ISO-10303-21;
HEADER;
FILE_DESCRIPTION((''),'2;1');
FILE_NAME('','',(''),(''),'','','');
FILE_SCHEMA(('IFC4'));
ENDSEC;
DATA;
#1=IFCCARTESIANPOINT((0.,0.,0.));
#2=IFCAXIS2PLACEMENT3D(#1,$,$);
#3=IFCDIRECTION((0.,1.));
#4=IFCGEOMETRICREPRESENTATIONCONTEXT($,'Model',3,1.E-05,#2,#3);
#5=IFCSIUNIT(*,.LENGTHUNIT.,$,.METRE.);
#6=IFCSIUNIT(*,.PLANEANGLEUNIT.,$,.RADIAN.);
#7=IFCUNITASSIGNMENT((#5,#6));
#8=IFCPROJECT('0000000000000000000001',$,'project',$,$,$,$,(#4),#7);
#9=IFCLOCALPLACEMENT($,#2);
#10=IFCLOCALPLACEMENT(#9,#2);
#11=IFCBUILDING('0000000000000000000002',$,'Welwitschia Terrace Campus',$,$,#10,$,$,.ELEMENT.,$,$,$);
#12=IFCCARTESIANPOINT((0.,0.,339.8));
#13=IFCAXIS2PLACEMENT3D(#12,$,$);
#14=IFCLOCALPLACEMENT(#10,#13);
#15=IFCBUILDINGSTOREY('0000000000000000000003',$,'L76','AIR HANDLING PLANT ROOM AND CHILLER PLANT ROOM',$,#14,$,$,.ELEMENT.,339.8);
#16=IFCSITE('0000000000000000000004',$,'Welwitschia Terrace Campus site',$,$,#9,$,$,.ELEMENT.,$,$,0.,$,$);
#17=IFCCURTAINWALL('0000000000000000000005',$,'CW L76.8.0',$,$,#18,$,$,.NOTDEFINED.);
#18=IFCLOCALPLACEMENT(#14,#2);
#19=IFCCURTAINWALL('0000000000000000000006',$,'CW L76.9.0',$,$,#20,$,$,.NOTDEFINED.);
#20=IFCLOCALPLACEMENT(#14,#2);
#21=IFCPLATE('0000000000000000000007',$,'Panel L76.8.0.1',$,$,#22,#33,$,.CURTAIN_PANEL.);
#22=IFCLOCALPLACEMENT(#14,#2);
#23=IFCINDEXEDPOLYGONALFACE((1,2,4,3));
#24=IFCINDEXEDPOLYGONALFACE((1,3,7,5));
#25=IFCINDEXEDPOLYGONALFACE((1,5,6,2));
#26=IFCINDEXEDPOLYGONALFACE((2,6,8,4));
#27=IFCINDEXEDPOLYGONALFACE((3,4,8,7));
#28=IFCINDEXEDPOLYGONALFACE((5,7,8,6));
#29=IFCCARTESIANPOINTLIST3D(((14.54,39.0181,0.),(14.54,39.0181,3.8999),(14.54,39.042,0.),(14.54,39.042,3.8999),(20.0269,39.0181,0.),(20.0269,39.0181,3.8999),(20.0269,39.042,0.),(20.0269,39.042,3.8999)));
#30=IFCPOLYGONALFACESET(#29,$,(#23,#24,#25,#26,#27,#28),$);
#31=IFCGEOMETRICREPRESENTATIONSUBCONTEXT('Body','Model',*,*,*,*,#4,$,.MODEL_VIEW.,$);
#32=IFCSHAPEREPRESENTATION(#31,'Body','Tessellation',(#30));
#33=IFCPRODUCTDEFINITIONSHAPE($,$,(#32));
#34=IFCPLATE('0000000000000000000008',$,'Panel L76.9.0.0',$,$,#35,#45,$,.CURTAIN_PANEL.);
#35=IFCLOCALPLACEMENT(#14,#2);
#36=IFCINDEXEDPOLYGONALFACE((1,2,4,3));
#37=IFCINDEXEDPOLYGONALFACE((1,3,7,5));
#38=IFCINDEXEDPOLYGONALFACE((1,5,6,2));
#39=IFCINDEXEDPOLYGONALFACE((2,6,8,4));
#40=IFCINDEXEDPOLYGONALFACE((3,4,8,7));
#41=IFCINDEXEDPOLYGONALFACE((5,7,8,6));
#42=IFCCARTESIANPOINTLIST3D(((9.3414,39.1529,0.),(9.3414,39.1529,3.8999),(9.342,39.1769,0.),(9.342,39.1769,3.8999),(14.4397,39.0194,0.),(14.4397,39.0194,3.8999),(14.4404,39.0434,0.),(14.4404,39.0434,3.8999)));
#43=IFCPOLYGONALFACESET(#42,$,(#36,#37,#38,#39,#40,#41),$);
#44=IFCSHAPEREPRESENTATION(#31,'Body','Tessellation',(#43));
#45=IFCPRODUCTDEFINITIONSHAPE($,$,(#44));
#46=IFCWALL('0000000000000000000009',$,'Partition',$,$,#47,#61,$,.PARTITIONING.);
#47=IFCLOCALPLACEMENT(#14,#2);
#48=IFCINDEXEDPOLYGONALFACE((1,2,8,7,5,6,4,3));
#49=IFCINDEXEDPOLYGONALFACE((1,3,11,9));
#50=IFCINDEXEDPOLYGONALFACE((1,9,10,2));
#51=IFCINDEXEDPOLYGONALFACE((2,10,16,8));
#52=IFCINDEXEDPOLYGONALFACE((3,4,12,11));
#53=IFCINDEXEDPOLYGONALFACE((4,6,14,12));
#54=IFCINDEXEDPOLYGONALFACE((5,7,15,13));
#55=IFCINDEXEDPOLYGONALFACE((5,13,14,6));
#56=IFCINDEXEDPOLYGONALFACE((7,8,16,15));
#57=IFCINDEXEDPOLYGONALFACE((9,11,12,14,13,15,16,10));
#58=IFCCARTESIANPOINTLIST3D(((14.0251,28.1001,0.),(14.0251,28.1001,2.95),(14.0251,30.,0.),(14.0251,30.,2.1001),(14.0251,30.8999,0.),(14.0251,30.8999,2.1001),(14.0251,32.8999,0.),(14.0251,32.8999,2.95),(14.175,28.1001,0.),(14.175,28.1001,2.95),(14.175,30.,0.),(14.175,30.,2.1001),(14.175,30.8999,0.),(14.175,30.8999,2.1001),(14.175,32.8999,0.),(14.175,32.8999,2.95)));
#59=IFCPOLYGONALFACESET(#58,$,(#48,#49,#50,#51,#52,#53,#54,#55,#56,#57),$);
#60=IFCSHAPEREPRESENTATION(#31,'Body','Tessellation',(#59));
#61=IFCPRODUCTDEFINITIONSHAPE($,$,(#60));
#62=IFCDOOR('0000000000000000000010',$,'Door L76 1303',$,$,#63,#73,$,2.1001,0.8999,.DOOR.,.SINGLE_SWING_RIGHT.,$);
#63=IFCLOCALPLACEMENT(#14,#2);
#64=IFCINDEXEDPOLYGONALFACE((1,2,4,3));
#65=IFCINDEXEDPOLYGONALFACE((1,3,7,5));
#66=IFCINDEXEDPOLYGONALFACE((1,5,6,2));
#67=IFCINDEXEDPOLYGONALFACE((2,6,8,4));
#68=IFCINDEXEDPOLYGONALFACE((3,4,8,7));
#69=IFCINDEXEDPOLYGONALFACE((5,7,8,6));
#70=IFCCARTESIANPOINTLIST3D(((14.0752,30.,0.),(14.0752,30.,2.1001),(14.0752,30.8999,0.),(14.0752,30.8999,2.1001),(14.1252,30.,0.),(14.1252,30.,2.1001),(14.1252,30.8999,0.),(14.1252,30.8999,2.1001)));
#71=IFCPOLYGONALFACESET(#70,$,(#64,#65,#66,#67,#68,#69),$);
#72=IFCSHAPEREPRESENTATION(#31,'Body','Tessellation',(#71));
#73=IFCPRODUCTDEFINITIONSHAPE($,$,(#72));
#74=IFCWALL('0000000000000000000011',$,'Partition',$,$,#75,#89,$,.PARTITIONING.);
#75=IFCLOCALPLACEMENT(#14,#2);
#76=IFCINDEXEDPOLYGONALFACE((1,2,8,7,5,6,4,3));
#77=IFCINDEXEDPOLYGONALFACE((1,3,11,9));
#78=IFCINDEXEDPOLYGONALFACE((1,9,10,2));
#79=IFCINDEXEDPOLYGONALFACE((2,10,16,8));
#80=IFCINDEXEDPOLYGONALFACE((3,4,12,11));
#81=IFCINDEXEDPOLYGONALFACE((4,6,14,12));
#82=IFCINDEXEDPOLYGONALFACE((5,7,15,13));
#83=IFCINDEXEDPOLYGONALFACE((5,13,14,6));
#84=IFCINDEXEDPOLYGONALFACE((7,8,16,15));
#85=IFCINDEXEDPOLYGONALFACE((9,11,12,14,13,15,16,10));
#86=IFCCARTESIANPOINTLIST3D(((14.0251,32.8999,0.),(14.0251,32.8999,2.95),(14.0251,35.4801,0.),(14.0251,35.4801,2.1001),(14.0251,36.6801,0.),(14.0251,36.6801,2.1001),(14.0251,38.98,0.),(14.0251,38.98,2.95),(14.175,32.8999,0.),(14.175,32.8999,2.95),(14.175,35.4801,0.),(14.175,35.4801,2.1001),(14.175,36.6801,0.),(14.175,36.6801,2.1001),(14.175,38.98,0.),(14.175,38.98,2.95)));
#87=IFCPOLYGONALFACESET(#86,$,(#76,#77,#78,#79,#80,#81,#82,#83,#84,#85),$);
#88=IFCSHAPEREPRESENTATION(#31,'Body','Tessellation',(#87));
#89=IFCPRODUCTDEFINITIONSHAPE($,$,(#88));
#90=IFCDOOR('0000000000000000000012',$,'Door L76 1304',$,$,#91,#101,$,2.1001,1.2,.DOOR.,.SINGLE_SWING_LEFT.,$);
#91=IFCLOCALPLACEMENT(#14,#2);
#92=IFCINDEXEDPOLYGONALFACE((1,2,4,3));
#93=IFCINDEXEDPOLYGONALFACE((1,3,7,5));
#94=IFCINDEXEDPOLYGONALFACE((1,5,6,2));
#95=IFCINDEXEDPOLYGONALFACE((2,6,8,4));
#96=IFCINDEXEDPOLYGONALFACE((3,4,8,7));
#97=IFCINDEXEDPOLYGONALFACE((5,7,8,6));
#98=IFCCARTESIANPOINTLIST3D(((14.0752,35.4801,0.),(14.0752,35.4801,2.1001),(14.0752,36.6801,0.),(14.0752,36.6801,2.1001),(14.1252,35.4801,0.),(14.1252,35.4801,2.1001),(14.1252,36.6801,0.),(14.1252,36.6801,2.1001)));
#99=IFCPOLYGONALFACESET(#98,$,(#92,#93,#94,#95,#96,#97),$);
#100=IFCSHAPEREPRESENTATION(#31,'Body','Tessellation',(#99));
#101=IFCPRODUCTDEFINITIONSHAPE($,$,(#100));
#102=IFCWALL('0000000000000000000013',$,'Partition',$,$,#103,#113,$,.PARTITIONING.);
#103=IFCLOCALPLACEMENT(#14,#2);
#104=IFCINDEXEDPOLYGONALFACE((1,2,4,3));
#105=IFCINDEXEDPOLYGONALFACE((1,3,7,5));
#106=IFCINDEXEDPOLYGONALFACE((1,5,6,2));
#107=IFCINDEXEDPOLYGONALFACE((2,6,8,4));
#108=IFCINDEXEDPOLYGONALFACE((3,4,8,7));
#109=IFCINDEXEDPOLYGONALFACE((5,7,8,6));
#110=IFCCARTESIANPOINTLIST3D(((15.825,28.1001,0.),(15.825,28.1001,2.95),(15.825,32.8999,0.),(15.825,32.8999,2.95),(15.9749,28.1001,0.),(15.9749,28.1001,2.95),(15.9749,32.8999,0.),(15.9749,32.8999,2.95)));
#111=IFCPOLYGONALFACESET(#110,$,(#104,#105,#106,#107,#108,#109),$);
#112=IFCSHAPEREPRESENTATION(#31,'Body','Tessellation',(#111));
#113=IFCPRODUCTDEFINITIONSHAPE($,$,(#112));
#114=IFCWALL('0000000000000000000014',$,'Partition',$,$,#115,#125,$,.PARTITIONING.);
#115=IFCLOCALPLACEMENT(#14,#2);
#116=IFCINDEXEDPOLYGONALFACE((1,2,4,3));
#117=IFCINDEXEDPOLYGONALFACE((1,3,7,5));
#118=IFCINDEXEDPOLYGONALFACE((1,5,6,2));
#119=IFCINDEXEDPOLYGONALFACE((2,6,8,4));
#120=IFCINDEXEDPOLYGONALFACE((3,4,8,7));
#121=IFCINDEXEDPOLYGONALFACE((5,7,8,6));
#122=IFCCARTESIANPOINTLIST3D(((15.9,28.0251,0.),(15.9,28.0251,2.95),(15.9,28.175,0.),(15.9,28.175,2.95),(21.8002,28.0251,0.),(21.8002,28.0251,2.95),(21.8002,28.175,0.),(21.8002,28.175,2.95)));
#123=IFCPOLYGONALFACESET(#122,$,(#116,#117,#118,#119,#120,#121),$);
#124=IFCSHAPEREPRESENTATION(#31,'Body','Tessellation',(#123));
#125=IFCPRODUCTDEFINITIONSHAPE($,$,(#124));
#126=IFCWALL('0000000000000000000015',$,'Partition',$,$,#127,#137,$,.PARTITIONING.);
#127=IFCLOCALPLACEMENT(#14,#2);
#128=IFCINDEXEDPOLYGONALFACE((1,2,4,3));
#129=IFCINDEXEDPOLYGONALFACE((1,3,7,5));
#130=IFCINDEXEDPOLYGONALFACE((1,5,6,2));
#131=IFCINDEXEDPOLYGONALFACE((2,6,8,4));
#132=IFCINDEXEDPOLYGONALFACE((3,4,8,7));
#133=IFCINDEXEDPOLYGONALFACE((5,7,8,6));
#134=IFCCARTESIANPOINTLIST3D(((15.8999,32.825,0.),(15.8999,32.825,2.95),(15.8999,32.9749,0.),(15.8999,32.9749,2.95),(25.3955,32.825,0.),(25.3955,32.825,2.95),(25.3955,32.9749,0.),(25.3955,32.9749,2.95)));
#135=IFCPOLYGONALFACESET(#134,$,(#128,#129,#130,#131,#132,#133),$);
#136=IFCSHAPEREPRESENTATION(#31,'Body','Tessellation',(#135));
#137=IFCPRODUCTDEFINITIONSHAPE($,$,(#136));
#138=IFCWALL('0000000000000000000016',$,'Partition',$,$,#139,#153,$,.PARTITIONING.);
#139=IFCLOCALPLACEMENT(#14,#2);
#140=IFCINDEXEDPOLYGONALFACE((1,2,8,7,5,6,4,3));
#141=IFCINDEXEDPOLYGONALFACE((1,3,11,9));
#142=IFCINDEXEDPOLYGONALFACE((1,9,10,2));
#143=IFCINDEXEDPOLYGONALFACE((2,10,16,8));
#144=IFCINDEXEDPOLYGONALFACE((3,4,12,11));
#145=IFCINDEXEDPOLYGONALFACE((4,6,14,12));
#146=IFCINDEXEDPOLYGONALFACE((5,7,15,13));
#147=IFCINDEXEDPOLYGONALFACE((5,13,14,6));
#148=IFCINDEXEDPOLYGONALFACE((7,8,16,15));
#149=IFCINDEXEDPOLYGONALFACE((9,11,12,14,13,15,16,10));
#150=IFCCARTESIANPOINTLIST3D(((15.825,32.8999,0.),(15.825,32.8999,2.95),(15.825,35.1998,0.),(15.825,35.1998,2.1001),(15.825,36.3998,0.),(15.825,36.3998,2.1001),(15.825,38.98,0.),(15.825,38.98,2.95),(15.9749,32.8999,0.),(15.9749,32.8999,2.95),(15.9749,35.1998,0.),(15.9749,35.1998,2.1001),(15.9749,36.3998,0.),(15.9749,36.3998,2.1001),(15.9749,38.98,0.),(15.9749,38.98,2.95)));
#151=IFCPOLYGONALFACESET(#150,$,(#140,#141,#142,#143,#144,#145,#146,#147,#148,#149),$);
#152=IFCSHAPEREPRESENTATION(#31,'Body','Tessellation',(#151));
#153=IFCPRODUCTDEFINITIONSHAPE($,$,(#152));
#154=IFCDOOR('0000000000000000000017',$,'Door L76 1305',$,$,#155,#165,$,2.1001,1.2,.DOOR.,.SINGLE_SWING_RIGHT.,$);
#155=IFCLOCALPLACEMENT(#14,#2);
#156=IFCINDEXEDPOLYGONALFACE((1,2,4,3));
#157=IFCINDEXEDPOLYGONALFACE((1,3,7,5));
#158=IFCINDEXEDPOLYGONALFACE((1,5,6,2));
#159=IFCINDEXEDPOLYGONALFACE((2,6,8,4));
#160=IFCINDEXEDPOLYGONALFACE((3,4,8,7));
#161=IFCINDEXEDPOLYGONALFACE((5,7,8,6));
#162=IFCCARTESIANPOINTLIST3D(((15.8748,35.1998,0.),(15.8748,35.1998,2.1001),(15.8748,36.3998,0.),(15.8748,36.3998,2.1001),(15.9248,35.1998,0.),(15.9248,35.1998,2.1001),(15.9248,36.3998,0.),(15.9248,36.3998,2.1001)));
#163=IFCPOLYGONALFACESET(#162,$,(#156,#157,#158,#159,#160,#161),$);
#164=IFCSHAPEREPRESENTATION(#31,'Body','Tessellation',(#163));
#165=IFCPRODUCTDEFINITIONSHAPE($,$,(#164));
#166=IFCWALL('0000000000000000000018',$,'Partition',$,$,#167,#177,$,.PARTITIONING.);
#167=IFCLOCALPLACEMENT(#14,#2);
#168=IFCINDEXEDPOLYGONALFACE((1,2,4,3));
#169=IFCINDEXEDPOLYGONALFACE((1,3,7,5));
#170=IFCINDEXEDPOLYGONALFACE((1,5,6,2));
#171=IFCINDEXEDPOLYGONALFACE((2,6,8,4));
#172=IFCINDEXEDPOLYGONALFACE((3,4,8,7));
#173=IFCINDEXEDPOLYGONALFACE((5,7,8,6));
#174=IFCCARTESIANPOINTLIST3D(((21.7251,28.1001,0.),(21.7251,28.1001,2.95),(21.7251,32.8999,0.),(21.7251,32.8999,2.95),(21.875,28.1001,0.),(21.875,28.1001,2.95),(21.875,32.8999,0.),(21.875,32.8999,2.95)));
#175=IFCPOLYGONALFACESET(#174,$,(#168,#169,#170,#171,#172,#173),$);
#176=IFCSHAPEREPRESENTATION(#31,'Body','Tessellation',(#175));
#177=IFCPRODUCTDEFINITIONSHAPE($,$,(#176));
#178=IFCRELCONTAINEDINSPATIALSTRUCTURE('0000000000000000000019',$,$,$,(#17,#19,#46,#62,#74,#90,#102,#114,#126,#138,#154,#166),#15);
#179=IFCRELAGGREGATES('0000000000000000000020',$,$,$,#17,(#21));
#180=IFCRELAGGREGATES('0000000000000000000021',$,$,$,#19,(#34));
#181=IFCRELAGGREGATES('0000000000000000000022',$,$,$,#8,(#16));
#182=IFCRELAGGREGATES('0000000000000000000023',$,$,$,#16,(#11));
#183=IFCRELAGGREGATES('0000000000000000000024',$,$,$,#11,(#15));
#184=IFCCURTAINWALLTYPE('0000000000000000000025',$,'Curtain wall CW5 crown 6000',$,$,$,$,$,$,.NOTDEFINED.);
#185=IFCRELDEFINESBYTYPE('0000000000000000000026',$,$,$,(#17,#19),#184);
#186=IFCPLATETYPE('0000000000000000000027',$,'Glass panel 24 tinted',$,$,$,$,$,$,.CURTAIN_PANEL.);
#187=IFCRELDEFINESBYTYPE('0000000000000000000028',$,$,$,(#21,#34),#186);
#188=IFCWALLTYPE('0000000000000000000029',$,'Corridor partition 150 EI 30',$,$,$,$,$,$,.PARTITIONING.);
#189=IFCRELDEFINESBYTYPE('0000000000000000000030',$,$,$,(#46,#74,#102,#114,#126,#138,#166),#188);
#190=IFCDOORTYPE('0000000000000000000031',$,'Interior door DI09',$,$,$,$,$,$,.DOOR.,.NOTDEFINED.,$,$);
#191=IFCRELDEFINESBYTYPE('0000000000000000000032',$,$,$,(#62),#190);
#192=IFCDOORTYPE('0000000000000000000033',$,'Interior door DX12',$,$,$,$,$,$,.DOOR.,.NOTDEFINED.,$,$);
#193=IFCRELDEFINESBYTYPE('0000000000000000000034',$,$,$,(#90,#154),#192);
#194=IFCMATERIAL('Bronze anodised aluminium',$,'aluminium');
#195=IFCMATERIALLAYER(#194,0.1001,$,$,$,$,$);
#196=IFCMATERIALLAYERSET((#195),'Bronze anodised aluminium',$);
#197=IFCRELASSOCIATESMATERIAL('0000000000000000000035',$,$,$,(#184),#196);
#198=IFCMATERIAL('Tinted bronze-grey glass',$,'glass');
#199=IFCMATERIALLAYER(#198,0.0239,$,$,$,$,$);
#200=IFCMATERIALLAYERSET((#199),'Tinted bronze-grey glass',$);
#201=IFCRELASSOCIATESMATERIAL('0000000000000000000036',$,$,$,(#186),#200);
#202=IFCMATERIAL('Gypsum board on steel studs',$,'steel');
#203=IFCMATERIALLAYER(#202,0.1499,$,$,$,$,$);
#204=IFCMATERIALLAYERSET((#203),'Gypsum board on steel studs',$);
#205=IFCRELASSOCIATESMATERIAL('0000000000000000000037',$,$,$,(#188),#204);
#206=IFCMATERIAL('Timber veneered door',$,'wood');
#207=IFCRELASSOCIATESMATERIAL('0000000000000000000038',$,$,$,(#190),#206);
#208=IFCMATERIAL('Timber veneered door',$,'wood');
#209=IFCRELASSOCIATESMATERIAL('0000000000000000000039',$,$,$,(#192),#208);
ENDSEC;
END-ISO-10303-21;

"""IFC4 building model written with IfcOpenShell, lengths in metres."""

from ifc_helpers import new_model, si_unit, direction, frame, frame_2d, origin, origin_2d, place, context, subcontext, project, spatial, rectangle, extrude, material, layer, layer_set, type_object, element, fill, aggregate, save


model = new_model("IFC4")

# Units and contexts
model_context = context("Model", 3, precision=1e-05, world=origin(), true_north=direction((0.0, 1.0)))
body_context = subcontext(model_context, "Body", "Model", "MODEL_VIEW")
ifc_project = project(units=[si_unit("LENGTHUNIT", "METRE"), si_unit("PLANEANGLEUNIT", "RADIAN")], contexts=[model_context])

# Site, building, storey
site_placement = place(None, origin())
site = spatial("IfcSite", under=ifc_project, at=site_placement, Name="Welwitschia Terrace Campus site", CompositionType="ELEMENT", RefElevation=0.0)
building_placement = place(site_placement, origin())
building = spatial("IfcBuilding", under=site, at=building_placement, Name="Welwitschia Terrace Campus", CompositionType="ELEMENT")
storey_placement = place(building_placement, frame((0.0, 0.0, 339.8)))
storey = spatial("IfcBuildingStorey", under=building, at=storey_placement, Name="L76", Description="AIR HANDLING PLANT ROOM AND CHILLER PLANT ROOM", CompositionType="ELEMENT", Elevation=339.8)

# Curtain wall
ifc_material_1 = material(Name="Bronze anodised aluminium", Category="aluminium")
ifc_layer_1 = layer(ifc_material_1, 0.1001)
ifc_layer_set_1 = layer_set([ifc_layer_1], Name="Bronze anodised aluminium")
curtain_wall_type = type_object("IfcCurtainWallType", Name="Curtain wall CW5 crown 6000", PredefinedType="NOTDEFINED", material=ifc_layer_set_1)
curtain_wall_1_placement = place(storey_placement, origin())
curtain_wall_1 = element("IfcCurtainWall", 1, at=curtain_wall_1_placement, inside=storey, type_object=curtain_wall_type, Name="CW L76.8.0", PredefinedType="NOTDEFINED")

# Curtain wall
curtain_wall_2_placement = place(storey_placement, origin())
curtain_wall_2 = element("IfcCurtainWall", 2, at=curtain_wall_2_placement, inside=storey, type_object=curtain_wall_type, Name="CW L76.9.0", PredefinedType="NOTDEFINED")

# Plates
ifc_material_2 = material(Name="Tinted bronze-grey glass", Category="glass")
ifc_layer_2 = layer(ifc_material_2, 0.0239)
ifc_layer_set_2 = layer_set([ifc_layer_2], Name="Tinted bronze-grey glass")
plate_type = type_object("IfcPlateType", Name="Glass panel 24 tinted", PredefinedType="CURTAIN_PANEL", material=ifc_layer_set_2)
plate_1_placement = place(storey_placement, frame((17.2834, 39.03, 0.0), z_axis=(0.0, 0.0, 1.0), x_axis=(-1.0, 0.0, 0.0)))
plate_1 = element("IfcPlate", 3, at=plate_1_placement, type_object=plate_type, Name="Panel L76.8.0.1", PredefinedType="CURTAIN_PANEL", context=body_context, shape_type="SweptSolid", body=[
    extrude(rectangle(XDim=5.4868, YDim=0.0239, at=origin_2d()), origin(), (0.0, 0.0, 1.0), 3.8999),
])
aggregate(curtain_wall_1, [plate_1])
plate_2_placement = place(storey_placement, frame((11.8909, 39.0981, 0.0), z_axis=(0.0, 0.0, 1.0), x_axis=(-0.999657, 0.026177, 0.0)))
plate_2 = element("IfcPlate", 4, at=plate_2_placement, type_object=plate_type, Name="Panel L76.9.0.0", PredefinedType="CURTAIN_PANEL", context=body_context, shape_type="SweptSolid", body=[
    extrude(rectangle(XDim=5.1001, YDim=0.0239, at=origin_2d()), origin(), (0.0, 0.0, 1.0), 3.8999),
])
aggregate(curtain_wall_2, [plate_2])

# Walls, openings, doors
ifc_material_3 = material(Name="Gypsum board on steel studs", Category="steel")
ifc_layer_3 = layer(ifc_material_3, 0.1499)
ifc_layer_set_3 = layer_set([ifc_layer_3], Name="Gypsum board on steel studs")
wall_type = type_object("IfcWallType", Name="Corridor partition 150 EI 30", PredefinedType="PARTITIONING", material=ifc_layer_set_3)
wall_1_placement = place(storey_placement, frame((14.1001, 28.1001, 0.0), z_axis=(0.0, 0.0, 1.0), x_axis=(0.0, 1.0, 0.0)))
wall_1 = element("IfcWall", 5, at=wall_1_placement, inside=storey, type_object=wall_type, Name="Partition", PredefinedType="PARTITIONING", context=body_context, shape_type="SweptSolid", body=[
    extrude(rectangle(XDim=4.7998, YDim=0.1499, at=frame_2d((2.3999, 0.0))), origin(), (0.0, 0.0, 1.0), 2.95),
])
opening_1_placement = place(wall_1_placement, frame((1.8999, 0.0, 0.0)))
opening_1 = element("IfcOpeningElement", 6, at=opening_1_placement, cuts=wall_1, PredefinedType="OPENING", context=body_context, shape_type="SweptSolid", body=[
    extrude(rectangle(XDim=0.8999, YDim=2.1001, at=frame_2d((0.45, 1.05))), frame((0.0, 0.085, 0.0), z_axis=(0.0, -1.0, 0.0), x_axis=(1.0, 0.0, 0.0)), (0.0, 0.0, 1.0), 0.1699),
])
ifc_material_4 = material(Name="Timber veneered door", Category="wood")
door_type_1 = type_object("IfcDoorType", Name="Interior door DI09", OperationType="NOTDEFINED", PredefinedType="DOOR", material=ifc_material_4)
door_1_placement = place(opening_1_placement, origin())
door_1 = element("IfcDoor", 7, at=door_1_placement, inside=storey, type_object=door_type_1, Name="Door L76 1303", OperationType="SINGLE_SWING_RIGHT", OverallHeight=2.1001, OverallWidth=0.8999, PredefinedType="DOOR", context=body_context, shape_type="SweptSolid", body=[
    extrude(rectangle(XDim=0.8999, YDim=2.1001, at=frame_2d((0.45, 1.05))), frame((0.0, 0.0249, 0.0), z_axis=(0.0, -1.0, 0.0), x_axis=(1.0, 0.0, 0.0)), (0.0, 0.0, 1.0), 0.05),
])
fill(opening_1, door_1)
wall_2_placement = place(storey_placement, frame((14.1001, 32.8999, 0.0), z_axis=(0.0, 0.0, 1.0), x_axis=(0.0, 1.0, 0.0)))
wall_2 = element("IfcWall", 8, at=wall_2_placement, inside=storey, type_object=wall_type, Name="Partition", PredefinedType="PARTITIONING", context=body_context, shape_type="SweptSolid", body=[
    extrude(rectangle(XDim=6.0801, YDim=0.1499, at=frame_2d((3.04, 0.0))), origin(), (0.0, 0.0, 1.0), 2.95),
])
opening_2_placement = place(wall_2_placement, frame((2.5801, 0.0, 0.0)))
opening_2 = element("IfcOpeningElement", 9, at=opening_2_placement, cuts=wall_2, PredefinedType="OPENING", context=body_context, shape_type="SweptSolid", body=[
    extrude(rectangle(XDim=1.2, YDim=2.1001, at=frame_2d((0.6001, 1.05))), frame((0.0, 0.085, 0.0), z_axis=(0.0, -1.0, 0.0), x_axis=(1.0, 0.0, 0.0)), (0.0, 0.0, 1.0), 0.1699),
])
ifc_material_5 = material(Name="Timber veneered door", Category="wood")
door_type_2 = type_object("IfcDoorType", Name="Interior door DX12", OperationType="NOTDEFINED", PredefinedType="DOOR", material=ifc_material_5)
door_2_placement = place(opening_2_placement, origin())
door_2 = element("IfcDoor", 10, at=door_2_placement, inside=storey, type_object=door_type_2, Name="Door L76 1304", OperationType="SINGLE_SWING_LEFT", OverallHeight=2.1001, OverallWidth=1.2, PredefinedType="DOOR", context=body_context, shape_type="SweptSolid", body=[
    extrude(rectangle(XDim=1.2, YDim=2.1001, at=frame_2d((0.6001, 1.05))), frame((0.0, 0.0249, 0.0), z_axis=(0.0, -1.0, 0.0), x_axis=(1.0, 0.0, 0.0)), (0.0, 0.0, 1.0), 0.05),
])
fill(opening_2, door_2)

# Walls
wall_3_placement = place(storey_placement, frame((15.8999, 28.1001, 0.0), z_axis=(0.0, 0.0, 1.0), x_axis=(0.0, 1.0, 0.0)))
element("IfcWall", 11, at=wall_3_placement, inside=storey, type_object=wall_type, Name="Partition", PredefinedType="PARTITIONING", context=body_context, shape_type="SweptSolid", body=[
    extrude(rectangle(XDim=4.7998, YDim=0.1499, at=frame_2d((2.3999, 0.0))), origin(), (0.0, 0.0, 1.0), 2.95),
])
wall_4_placement = place(storey_placement, frame((15.8999, 28.1001, 0.0), z_axis=(0.0, 0.0, 1.0), x_axis=(1.0, 0.0, 0.0)))
element("IfcWall", 12, at=wall_4_placement, inside=storey, type_object=wall_type, Name="Partition", PredefinedType="PARTITIONING", context=body_context, shape_type="SweptSolid", body=[
    extrude(rectangle(XDim=5.9001, YDim=0.1499, at=frame_2d((2.9502, 0.0))), origin(), (0.0, 0.0, 1.0), 2.95),
])
wall_5_placement = place(storey_placement, frame((15.8999, 32.8999, 0.0), z_axis=(0.0, 0.0, 1.0), x_axis=(1.0, 0.0, 0.0)))
element("IfcWall", 13, at=wall_5_placement, inside=storey, type_object=wall_type, Name="Partition", PredefinedType="PARTITIONING", context=body_context, shape_type="SweptSolid", body=[
    extrude(rectangle(XDim=9.4956, YDim=0.1499, at=frame_2d((4.7478, 0.0))), origin(), (0.0, 0.0, 1.0), 2.95),
])

# Wall, opening, door
wall_6_placement = place(storey_placement, frame((15.8999, 38.98, 0.0), z_axis=(0.0, 0.0, 1.0), x_axis=(0.0, -1.0, 0.0)))
wall_6 = element("IfcWall", 14, at=wall_6_placement, inside=storey, type_object=wall_type, Name="Partition", PredefinedType="PARTITIONING", context=body_context, shape_type="SweptSolid", body=[
    extrude(rectangle(XDim=6.0801, YDim=0.1499, at=frame_2d((3.04, 0.0))), origin(), (0.0, 0.0, 1.0), 2.95),
])
opening_3_placement = place(wall_6_placement, frame((2.5801, 0.0, 0.0)))
opening_3 = element("IfcOpeningElement", 15, at=opening_3_placement, cuts=wall_6, PredefinedType="OPENING", context=body_context, shape_type="SweptSolid", body=[
    extrude(rectangle(XDim=1.2, YDim=2.1001, at=frame_2d((0.6001, 1.05))), frame((0.0, 0.085, 0.0), z_axis=(0.0, -1.0, 0.0), x_axis=(1.0, 0.0, 0.0)), (0.0, 0.0, 1.0), 0.1699),
])
door_3_placement = place(opening_3_placement, origin())
door_3 = element("IfcDoor", 16, at=door_3_placement, inside=storey, type_object=door_type_2, Name="Door L76 1305", OperationType="SINGLE_SWING_RIGHT", OverallHeight=2.1001, OverallWidth=1.2, PredefinedType="DOOR", context=body_context, shape_type="SweptSolid", body=[
    extrude(rectangle(XDim=1.2, YDim=2.1001, at=frame_2d((0.6001, 1.05))), frame((0.0, 0.0249, 0.0), z_axis=(0.0, -1.0, 0.0), x_axis=(1.0, 0.0, 0.0)), (0.0, 0.0, 1.0), 0.05),
])
fill(opening_3, door_3)

# Wall
wall_7_placement = place(storey_placement, frame((21.8, 28.1001, 0.0), z_axis=(0.0, 0.0, 1.0), x_axis=(0.0, 1.0, 0.0)))
element("IfcWall", 17, at=wall_7_placement, inside=storey, type_object=wall_type, Name="Partition", PredefinedType="PARTITIONING", context=body_context, shape_type="SweptSolid", body=[
    extrude(rectangle(XDim=4.7998, YDim=0.1499, at=frame_2d((2.3999, 0.0))), origin(), (0.0, 0.0, 1.0), 2.95),
])

save(model, "model.ifc")
